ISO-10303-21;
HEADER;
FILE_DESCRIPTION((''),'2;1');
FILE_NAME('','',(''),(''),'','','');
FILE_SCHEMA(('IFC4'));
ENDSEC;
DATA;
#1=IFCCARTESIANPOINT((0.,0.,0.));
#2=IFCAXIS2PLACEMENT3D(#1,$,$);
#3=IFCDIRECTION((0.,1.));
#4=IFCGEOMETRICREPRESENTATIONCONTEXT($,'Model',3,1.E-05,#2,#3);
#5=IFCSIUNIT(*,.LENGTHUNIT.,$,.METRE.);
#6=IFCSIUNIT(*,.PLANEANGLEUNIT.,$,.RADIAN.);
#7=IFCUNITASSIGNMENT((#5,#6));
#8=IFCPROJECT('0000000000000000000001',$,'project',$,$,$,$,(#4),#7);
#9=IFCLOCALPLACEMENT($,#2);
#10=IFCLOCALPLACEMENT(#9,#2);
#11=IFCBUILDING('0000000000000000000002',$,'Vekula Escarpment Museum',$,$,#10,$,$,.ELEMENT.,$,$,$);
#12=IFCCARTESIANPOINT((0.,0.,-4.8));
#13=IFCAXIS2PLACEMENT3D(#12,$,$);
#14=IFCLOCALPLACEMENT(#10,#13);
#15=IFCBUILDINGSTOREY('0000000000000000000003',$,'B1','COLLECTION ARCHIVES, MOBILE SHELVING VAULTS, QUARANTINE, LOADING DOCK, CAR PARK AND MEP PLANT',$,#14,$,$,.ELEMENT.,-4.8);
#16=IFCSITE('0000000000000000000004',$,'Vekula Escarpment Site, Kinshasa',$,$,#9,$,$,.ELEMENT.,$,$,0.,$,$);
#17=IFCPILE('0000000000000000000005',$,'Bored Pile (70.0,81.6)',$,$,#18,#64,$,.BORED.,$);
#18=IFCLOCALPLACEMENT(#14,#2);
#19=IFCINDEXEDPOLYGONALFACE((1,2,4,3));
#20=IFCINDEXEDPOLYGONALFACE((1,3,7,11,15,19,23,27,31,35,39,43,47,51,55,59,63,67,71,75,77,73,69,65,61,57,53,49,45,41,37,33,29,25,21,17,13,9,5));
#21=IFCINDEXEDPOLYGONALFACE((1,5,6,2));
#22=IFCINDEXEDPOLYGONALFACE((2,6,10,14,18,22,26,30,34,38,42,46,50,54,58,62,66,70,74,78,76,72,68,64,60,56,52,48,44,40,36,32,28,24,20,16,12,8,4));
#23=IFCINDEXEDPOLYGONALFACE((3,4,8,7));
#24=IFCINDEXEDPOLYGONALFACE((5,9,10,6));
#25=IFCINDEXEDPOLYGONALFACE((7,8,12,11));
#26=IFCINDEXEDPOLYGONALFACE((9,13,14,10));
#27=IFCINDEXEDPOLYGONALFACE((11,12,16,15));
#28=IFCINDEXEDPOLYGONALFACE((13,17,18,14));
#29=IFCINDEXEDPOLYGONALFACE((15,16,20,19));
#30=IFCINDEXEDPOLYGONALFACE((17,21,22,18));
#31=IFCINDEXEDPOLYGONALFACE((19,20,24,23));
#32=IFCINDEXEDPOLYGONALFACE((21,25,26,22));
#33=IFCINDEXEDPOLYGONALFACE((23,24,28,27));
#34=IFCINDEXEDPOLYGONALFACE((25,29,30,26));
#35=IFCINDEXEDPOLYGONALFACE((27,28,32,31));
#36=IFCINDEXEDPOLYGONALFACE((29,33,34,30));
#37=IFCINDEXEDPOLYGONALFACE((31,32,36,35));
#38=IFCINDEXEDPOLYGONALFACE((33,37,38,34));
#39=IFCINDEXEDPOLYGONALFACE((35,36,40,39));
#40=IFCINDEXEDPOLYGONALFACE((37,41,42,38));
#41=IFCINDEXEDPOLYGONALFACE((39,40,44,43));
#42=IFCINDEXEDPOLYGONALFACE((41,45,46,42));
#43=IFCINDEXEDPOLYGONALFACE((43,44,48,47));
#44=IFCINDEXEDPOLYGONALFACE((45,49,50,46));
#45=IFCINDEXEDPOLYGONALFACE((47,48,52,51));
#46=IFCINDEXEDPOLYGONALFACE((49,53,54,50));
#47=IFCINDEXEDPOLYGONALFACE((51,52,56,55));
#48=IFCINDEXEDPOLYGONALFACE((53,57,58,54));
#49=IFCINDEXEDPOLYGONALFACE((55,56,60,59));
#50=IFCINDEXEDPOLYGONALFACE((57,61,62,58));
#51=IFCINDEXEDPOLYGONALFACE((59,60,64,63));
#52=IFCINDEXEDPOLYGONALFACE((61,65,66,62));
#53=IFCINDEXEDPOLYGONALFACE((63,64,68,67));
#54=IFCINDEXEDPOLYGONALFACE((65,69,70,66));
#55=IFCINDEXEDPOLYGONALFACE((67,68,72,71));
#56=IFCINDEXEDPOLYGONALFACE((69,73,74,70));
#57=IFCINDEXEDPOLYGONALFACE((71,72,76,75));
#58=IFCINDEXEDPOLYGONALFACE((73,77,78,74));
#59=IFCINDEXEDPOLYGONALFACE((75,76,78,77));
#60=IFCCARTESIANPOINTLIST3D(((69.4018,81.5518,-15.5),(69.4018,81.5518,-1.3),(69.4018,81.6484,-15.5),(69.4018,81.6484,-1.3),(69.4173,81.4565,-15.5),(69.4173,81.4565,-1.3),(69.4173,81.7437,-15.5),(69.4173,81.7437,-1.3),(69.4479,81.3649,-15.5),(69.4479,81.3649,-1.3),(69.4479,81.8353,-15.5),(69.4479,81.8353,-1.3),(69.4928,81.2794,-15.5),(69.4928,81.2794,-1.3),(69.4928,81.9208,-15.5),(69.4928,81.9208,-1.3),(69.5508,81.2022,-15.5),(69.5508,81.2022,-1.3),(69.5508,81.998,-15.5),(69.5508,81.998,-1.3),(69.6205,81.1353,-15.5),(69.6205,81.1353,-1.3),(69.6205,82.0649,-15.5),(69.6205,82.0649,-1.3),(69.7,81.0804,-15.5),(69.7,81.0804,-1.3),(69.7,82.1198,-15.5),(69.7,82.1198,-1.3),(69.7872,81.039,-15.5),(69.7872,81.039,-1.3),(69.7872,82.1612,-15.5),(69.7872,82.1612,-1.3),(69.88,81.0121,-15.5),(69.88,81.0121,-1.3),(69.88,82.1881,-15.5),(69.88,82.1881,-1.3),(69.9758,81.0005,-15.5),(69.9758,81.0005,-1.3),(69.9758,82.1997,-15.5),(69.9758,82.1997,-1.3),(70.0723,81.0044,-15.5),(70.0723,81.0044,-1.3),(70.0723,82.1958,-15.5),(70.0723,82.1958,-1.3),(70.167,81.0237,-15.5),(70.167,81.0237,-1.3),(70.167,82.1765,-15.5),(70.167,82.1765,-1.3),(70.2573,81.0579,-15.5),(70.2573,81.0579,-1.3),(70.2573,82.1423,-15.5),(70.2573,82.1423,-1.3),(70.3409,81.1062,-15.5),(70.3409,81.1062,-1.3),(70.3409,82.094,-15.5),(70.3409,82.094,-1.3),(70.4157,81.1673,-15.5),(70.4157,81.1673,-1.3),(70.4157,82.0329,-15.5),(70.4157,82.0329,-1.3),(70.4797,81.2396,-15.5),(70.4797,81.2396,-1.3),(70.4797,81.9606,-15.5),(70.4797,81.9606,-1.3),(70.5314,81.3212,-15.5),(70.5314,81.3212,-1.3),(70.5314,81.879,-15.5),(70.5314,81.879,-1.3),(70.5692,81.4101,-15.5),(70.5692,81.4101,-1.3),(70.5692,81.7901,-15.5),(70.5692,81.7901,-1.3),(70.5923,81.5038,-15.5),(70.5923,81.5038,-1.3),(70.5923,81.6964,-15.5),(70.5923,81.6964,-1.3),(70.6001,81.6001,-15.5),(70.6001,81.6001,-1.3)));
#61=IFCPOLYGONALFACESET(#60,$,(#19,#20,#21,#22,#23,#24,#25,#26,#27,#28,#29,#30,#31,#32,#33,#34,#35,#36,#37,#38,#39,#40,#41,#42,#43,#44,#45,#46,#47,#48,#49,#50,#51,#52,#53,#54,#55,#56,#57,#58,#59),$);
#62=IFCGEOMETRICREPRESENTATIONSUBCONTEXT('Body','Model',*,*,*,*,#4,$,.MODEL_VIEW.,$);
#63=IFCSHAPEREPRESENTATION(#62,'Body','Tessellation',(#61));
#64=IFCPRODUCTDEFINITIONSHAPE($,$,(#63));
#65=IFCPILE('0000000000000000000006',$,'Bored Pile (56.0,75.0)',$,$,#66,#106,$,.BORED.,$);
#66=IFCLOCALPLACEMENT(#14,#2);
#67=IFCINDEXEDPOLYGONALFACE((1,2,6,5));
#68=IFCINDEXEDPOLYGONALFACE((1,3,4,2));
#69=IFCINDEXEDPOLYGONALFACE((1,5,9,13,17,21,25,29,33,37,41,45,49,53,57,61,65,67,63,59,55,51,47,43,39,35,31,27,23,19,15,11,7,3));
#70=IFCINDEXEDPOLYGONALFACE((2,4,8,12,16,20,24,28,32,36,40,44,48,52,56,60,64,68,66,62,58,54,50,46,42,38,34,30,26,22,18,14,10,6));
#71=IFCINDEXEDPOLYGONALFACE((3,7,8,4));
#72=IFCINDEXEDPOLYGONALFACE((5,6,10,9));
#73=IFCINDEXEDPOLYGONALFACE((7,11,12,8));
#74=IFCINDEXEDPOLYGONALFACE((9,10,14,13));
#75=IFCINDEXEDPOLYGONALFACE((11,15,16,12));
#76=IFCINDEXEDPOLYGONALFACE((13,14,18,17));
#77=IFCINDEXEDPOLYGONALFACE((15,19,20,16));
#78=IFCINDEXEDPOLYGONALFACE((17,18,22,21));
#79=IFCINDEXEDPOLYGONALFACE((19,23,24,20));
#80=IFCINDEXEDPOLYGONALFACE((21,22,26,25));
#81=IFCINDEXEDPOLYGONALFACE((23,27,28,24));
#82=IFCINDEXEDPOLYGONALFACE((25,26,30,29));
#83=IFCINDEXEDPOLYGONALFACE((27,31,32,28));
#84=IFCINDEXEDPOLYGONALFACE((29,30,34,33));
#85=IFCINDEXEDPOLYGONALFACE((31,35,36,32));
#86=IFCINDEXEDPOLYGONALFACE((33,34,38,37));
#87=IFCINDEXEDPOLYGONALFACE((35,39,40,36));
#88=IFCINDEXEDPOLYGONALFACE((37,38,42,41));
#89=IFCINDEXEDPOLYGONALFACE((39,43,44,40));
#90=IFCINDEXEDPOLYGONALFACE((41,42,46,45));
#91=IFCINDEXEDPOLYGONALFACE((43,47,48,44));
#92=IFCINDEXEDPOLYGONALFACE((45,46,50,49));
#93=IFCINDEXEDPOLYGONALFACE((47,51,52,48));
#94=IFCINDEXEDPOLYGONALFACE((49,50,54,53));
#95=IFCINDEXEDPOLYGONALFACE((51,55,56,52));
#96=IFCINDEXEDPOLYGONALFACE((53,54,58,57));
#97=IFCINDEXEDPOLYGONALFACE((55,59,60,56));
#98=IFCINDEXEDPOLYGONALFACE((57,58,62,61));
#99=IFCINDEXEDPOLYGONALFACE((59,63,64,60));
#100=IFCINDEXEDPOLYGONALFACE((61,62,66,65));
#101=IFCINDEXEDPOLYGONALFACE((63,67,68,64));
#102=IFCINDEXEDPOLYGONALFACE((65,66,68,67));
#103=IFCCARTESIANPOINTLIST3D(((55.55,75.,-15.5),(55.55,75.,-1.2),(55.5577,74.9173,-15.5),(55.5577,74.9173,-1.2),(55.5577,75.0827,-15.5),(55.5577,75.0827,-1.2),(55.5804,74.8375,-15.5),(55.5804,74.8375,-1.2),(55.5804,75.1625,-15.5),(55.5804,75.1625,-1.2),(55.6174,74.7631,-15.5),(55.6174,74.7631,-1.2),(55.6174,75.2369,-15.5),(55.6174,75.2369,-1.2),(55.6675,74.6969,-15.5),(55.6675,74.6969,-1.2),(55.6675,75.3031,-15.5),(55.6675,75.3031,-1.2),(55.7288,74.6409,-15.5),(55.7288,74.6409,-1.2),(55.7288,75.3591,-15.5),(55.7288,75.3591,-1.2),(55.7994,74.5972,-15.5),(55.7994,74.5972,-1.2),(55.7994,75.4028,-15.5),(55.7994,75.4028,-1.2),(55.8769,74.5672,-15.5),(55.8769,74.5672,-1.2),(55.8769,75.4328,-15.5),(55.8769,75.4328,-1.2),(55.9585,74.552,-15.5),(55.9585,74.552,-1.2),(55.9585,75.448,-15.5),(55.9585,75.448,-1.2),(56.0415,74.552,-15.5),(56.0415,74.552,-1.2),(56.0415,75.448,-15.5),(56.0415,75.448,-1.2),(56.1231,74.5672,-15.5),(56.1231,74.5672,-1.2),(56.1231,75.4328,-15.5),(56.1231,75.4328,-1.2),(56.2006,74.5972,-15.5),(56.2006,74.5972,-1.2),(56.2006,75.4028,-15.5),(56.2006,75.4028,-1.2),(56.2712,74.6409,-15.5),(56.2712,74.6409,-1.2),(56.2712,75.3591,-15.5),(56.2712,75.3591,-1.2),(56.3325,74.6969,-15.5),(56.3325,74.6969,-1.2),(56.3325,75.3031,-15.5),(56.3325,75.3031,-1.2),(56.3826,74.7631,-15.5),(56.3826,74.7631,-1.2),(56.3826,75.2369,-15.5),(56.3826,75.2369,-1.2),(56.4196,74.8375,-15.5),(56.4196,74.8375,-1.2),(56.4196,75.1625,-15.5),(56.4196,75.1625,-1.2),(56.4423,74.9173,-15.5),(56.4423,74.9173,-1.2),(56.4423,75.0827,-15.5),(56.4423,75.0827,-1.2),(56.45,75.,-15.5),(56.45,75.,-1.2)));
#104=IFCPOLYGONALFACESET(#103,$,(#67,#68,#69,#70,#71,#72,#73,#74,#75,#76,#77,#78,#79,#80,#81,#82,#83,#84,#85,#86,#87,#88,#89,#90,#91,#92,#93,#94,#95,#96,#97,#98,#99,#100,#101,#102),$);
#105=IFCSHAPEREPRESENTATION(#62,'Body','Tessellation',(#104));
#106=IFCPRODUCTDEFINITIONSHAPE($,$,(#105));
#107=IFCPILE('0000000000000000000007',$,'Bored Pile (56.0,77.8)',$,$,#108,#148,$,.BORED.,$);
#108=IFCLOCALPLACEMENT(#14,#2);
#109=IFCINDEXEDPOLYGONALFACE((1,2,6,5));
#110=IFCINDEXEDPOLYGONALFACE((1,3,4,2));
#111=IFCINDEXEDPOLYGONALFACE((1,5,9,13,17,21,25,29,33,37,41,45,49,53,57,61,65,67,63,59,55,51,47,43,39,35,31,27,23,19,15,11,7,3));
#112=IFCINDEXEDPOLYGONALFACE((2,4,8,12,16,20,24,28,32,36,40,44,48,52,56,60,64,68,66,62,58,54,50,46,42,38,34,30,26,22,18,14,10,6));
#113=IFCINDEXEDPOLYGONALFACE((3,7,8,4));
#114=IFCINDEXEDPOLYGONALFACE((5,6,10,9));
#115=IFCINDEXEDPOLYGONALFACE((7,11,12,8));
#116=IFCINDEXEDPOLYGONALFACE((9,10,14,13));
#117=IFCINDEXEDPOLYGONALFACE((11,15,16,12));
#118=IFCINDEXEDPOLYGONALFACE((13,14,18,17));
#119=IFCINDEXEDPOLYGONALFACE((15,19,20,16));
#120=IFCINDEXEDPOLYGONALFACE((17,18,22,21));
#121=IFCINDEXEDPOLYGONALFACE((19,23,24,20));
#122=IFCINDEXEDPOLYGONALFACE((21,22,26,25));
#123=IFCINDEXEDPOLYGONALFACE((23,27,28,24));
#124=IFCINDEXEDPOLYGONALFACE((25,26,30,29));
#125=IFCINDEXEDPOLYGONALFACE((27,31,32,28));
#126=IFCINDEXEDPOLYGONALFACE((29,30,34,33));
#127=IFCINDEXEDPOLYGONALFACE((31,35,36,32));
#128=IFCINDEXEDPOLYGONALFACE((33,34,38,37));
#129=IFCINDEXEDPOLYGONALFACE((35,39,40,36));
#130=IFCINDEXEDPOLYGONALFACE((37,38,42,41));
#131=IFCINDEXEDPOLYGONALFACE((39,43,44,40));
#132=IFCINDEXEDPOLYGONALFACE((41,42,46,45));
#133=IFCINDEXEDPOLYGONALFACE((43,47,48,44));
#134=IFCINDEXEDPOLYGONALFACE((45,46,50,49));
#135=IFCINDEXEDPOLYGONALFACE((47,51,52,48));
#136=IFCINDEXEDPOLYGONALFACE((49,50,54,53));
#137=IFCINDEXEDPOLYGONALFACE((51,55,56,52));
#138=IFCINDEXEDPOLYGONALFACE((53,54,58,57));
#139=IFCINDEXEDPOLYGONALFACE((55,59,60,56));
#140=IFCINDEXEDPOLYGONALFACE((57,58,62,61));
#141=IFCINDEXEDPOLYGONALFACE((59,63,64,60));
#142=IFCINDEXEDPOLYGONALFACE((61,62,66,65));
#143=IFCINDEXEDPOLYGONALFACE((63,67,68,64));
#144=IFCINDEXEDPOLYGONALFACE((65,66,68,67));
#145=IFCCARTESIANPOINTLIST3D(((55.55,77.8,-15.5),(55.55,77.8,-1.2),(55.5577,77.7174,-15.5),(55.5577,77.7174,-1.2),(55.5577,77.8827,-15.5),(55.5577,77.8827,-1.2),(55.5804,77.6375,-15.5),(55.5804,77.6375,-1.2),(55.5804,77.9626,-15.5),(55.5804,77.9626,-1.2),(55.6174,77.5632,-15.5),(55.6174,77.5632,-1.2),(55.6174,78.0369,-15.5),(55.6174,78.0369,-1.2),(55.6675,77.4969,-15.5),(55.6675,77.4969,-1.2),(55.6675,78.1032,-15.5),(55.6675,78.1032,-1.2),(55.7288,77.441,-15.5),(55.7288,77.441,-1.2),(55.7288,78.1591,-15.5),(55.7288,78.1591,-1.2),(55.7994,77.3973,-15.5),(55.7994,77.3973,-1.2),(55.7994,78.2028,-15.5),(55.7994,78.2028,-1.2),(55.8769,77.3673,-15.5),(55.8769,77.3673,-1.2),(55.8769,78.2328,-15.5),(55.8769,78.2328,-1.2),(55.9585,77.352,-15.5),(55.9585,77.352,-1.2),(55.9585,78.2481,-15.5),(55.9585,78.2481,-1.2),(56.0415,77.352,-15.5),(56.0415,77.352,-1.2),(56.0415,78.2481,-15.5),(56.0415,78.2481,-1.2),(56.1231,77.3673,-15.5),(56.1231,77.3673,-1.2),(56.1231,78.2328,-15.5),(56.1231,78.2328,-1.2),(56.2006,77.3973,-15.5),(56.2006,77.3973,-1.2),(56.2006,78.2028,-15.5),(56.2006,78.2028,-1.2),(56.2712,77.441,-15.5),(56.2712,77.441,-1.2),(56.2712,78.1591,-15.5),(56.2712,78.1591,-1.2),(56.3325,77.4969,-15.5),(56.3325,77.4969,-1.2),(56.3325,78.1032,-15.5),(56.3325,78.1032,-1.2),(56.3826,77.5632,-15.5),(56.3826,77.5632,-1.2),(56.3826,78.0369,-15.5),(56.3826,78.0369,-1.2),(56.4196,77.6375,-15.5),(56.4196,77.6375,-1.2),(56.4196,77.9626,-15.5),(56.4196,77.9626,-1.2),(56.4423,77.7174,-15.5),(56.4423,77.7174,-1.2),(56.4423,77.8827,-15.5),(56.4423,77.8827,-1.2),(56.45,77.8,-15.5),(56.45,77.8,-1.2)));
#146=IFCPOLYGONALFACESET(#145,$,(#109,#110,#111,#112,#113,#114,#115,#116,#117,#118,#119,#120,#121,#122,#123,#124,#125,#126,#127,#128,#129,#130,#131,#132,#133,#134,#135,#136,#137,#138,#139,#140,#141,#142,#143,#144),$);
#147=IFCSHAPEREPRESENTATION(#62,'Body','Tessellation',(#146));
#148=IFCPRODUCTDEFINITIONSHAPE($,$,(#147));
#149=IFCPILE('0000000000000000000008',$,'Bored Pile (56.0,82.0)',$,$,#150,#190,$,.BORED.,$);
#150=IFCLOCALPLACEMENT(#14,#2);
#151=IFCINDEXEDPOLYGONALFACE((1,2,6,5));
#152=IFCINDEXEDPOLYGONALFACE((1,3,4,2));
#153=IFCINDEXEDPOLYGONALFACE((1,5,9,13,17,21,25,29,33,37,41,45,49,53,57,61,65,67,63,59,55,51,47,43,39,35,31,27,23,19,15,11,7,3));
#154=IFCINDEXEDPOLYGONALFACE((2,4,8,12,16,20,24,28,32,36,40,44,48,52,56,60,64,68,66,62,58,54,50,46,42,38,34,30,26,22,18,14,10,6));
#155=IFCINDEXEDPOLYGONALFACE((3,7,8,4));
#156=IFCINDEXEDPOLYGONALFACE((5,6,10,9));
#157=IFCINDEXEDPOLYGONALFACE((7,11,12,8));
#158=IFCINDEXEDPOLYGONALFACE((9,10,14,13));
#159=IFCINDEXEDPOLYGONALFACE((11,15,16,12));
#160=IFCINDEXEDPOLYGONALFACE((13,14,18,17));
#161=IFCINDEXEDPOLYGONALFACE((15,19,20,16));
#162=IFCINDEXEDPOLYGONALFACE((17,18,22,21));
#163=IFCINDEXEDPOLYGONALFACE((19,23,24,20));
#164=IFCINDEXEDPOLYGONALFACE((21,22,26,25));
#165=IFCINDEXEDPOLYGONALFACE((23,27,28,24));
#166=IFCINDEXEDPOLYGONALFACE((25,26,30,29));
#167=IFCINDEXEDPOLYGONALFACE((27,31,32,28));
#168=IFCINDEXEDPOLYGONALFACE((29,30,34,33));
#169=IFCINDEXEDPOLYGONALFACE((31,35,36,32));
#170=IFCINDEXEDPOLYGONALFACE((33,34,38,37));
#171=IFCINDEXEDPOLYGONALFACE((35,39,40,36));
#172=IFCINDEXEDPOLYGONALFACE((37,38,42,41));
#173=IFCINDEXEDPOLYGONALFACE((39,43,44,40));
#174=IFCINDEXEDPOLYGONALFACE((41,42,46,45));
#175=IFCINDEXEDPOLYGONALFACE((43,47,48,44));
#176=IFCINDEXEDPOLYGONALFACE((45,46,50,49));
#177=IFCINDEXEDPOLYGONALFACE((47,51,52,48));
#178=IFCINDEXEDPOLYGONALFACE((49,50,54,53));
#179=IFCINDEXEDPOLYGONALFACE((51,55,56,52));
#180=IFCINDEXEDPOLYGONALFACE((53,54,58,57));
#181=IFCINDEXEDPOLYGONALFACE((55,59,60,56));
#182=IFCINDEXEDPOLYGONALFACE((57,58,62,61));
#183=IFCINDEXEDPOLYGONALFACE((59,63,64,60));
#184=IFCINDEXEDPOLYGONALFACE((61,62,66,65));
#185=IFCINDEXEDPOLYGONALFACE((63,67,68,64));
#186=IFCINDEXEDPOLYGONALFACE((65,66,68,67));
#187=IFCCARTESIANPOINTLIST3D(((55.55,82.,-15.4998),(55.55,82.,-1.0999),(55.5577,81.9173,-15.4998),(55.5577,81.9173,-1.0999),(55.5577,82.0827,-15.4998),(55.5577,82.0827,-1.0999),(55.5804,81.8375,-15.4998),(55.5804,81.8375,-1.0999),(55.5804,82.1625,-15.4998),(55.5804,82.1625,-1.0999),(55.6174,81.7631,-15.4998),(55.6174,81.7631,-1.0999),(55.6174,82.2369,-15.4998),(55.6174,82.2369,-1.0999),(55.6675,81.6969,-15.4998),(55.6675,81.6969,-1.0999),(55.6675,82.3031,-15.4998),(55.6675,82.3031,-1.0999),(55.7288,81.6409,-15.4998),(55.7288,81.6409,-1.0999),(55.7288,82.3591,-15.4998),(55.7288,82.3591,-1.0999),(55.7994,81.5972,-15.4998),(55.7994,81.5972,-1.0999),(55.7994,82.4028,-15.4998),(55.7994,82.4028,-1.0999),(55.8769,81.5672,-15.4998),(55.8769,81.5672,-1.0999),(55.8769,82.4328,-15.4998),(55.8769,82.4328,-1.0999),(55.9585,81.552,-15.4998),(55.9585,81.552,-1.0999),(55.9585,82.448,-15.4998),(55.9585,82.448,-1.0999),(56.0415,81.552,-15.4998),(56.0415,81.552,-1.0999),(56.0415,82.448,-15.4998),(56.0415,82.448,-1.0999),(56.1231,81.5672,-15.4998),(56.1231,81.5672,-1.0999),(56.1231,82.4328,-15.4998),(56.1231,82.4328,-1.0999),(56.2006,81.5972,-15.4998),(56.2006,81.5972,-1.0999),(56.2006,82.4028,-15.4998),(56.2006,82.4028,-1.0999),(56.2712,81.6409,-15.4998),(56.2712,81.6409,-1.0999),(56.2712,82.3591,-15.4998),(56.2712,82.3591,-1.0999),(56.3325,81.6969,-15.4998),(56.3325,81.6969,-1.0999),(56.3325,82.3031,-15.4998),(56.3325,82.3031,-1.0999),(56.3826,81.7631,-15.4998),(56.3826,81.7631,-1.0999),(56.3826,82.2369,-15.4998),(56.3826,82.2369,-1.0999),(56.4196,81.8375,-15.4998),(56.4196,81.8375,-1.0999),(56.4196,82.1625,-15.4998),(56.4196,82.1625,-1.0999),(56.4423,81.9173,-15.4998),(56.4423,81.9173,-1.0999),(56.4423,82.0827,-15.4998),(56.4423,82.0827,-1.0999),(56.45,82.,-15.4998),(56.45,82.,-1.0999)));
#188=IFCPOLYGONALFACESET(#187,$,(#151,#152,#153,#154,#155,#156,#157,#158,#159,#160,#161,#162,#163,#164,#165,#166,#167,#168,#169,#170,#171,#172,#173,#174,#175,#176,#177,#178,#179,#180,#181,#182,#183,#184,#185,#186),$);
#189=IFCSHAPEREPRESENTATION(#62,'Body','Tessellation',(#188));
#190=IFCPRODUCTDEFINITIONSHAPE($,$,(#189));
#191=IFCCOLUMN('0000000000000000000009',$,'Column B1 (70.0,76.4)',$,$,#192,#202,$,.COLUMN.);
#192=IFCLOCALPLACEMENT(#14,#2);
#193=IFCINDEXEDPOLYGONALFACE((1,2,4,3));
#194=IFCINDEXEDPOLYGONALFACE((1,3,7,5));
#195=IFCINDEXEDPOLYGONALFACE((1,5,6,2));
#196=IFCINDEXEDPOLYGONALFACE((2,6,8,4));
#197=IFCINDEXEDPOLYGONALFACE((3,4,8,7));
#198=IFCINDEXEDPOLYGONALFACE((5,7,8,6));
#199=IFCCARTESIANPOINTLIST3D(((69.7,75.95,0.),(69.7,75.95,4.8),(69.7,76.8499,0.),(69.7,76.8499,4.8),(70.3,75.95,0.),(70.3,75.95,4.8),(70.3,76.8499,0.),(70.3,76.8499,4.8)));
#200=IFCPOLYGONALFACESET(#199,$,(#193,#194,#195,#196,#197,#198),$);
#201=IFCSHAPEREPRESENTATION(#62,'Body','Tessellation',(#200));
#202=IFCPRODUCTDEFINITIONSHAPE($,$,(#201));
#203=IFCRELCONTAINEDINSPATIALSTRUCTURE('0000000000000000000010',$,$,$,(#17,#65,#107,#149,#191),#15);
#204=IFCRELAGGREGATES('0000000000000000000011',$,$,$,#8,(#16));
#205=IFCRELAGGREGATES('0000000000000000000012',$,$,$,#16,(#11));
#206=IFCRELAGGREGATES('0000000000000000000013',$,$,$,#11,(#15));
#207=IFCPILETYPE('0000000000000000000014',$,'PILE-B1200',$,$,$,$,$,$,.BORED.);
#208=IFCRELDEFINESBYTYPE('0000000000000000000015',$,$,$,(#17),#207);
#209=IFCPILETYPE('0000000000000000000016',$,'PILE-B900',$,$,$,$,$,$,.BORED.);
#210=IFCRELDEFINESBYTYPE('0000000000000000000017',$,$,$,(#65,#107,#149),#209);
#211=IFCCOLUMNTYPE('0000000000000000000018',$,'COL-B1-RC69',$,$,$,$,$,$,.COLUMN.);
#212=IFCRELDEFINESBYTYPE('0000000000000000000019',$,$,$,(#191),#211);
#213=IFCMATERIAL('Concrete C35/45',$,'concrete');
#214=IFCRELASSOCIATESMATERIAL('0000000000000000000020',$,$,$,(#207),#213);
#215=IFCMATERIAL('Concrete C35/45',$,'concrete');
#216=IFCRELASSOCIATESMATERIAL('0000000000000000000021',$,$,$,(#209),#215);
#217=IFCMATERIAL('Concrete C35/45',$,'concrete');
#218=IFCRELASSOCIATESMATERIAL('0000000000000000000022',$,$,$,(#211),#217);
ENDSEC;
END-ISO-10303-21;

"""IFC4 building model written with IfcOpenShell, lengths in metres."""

from ifc_helpers import new_model, si_unit, direction, frame, origin, origin_2d, place, context, subcontext, project, spatial, rectangle, circle, extrude, material, material_profile, profile_set, type_object, element, save


model = new_model("IFC4")

# Units and contexts
model_context = context("Model", 3, precision=1e-05, world=origin(), true_north=direction((0.0, 1.0)))
body_context = subcontext(model_context, "Body", "Model", "MODEL_VIEW")
ifc_project = project(units=[si_unit("LENGTHUNIT", "METRE"), si_unit("PLANEANGLEUNIT", "RADIAN")], contexts=[model_context])

# Site, building, storey
site_placement = place(None, origin())
site = spatial("IfcSite", under=ifc_project, at=site_placement, Name="Vekula Escarpment Site, Kinshasa", CompositionType="ELEMENT", RefElevation=0.0)
building_placement = place(site_placement, origin())
building = spatial("IfcBuilding", under=site, at=building_placement, Name="Vekula Escarpment Museum", CompositionType="ELEMENT")
storey_placement = place(building_placement, frame((0.0, 0.0, -4.8)))
storey = spatial("IfcBuildingStorey", under=building, at=storey_placement, Name="B1", Description="COLLECTION ARCHIVES, MOBILE SHELVING VAULTS, QUARANTINE, LOADING DOCK, CAR PARK AND MEP PLANT", CompositionType="ELEMENT", Elevation=-4.8)

# Piles
ifc_material_1 = material(Name="Concrete C35/45", Category="concrete")
ifc_material_profile_1 = material_profile(ifc_material_1, circle(Radius=0.6001, at=origin_2d()), Name="BORED PILE 1200")
ifc_profile_set_1 = profile_set([ifc_material_profile_1], Name="Concrete C35/45")
pile_type_1 = type_object("IfcPileType", Name="PILE-B1200", PredefinedType="BORED", material=ifc_profile_set_1)
pile_1_placement = place(storey_placement, frame((70.0, 81.6001, -1.3), z_axis=(0.0, 0.0, -1.0), x_axis=(1.0, 0.0, 0.0)))
element("IfcPile", 1, at=pile_1_placement, inside=storey, type_object=pile_type_1, Name="Bored Pile (70.0,81.6)", PredefinedType="BORED", context=body_context, shape_type="SweptSolid", body=[
    extrude(circle(Radius=0.6001, at=origin_2d()), origin(), (0.0, 0.0, 1.0), 14.2),
])
ifc_material_2 = material(Name="Concrete C35/45", Category="concrete")
ifc_material_profile_2 = material_profile(ifc_material_2, circle(Radius=0.45, at=origin_2d()), Name="BORED PILE 900")
ifc_profile_set_2 = profile_set([ifc_material_profile_2], Name="Concrete C35/45")
pile_type_2 = type_object("IfcPileType", Name="PILE-B900", PredefinedType="BORED", material=ifc_profile_set_2)
for number, where, z_axis, x_axis, name in (
    (2, (56.0, 75.0, -1.2), (0.0, 0.0, -1.0), (1.0, 0.0, 0.0), "Bored Pile (56.0,75.0)"),
    (3, (56.0, 77.8, -1.2), (0.0, 0.0, -1.0), (1.0, 0.0, 0.0), "Bored Pile (56.0,77.8)"),
):
    element("IfcPile", number, at=place(storey_placement, frame(where, z_axis=z_axis, x_axis=x_axis)), inside=storey, type_object=pile_type_2, Name=name, PredefinedType="BORED", context=body_context, shape_type="SweptSolid", body=[
        extrude(circle(Radius=0.45, at=origin_2d()), origin(), (0.0, 0.0, 1.0), 14.3),
    ])
pile_2_placement = place(storey_placement, frame((56.0, 82.0, -1.0999), z_axis=(0.0, 0.0, -1.0), x_axis=(1.0, 0.0, 0.0)))
element("IfcPile", 4, at=pile_2_placement, inside=storey, type_object=pile_type_2, Name="Bored Pile (56.0,82.0)", PredefinedType="BORED", context=body_context, shape_type="SweptSolid", body=[
    extrude(circle(Radius=0.45, at=origin_2d()), origin(), (0.0, 0.0, 1.0), 14.3999),
])

# Column
ifc_material_3 = material(Name="Concrete C35/45", Category="concrete")
ifc_material_profile_3 = material_profile(ifc_material_3, rectangle(XDim=0.6001, YDim=0.8999, at=origin_2d()), Name="RC 600x900")
ifc_profile_set_3 = profile_set([ifc_material_profile_3], Name="Concrete C35/45")
column_type_1 = type_object("IfcColumnType", Name="COL-B1-RC69", PredefinedType="COLUMN", material=ifc_profile_set_3)
column_1_placement = place(storey_placement, frame((70.0, 76.3999, 0.0), z_axis=(0.0, 0.0, 1.0), x_axis=(1.0, 0.0, 0.0)))
element("IfcColumn", 5, at=column_1_placement, inside=storey, type_object=column_type_1, Name="Column B1 (70.0,76.4)", PredefinedType="COLUMN", context=body_context, shape_type="SweptSolid", body=[
    extrude(rectangle(XDim=0.6001, YDim=0.8999, at=origin_2d()), origin(), (0.0, 0.0, 1.0), 4.8),
])

save(model, "model.ifc")
